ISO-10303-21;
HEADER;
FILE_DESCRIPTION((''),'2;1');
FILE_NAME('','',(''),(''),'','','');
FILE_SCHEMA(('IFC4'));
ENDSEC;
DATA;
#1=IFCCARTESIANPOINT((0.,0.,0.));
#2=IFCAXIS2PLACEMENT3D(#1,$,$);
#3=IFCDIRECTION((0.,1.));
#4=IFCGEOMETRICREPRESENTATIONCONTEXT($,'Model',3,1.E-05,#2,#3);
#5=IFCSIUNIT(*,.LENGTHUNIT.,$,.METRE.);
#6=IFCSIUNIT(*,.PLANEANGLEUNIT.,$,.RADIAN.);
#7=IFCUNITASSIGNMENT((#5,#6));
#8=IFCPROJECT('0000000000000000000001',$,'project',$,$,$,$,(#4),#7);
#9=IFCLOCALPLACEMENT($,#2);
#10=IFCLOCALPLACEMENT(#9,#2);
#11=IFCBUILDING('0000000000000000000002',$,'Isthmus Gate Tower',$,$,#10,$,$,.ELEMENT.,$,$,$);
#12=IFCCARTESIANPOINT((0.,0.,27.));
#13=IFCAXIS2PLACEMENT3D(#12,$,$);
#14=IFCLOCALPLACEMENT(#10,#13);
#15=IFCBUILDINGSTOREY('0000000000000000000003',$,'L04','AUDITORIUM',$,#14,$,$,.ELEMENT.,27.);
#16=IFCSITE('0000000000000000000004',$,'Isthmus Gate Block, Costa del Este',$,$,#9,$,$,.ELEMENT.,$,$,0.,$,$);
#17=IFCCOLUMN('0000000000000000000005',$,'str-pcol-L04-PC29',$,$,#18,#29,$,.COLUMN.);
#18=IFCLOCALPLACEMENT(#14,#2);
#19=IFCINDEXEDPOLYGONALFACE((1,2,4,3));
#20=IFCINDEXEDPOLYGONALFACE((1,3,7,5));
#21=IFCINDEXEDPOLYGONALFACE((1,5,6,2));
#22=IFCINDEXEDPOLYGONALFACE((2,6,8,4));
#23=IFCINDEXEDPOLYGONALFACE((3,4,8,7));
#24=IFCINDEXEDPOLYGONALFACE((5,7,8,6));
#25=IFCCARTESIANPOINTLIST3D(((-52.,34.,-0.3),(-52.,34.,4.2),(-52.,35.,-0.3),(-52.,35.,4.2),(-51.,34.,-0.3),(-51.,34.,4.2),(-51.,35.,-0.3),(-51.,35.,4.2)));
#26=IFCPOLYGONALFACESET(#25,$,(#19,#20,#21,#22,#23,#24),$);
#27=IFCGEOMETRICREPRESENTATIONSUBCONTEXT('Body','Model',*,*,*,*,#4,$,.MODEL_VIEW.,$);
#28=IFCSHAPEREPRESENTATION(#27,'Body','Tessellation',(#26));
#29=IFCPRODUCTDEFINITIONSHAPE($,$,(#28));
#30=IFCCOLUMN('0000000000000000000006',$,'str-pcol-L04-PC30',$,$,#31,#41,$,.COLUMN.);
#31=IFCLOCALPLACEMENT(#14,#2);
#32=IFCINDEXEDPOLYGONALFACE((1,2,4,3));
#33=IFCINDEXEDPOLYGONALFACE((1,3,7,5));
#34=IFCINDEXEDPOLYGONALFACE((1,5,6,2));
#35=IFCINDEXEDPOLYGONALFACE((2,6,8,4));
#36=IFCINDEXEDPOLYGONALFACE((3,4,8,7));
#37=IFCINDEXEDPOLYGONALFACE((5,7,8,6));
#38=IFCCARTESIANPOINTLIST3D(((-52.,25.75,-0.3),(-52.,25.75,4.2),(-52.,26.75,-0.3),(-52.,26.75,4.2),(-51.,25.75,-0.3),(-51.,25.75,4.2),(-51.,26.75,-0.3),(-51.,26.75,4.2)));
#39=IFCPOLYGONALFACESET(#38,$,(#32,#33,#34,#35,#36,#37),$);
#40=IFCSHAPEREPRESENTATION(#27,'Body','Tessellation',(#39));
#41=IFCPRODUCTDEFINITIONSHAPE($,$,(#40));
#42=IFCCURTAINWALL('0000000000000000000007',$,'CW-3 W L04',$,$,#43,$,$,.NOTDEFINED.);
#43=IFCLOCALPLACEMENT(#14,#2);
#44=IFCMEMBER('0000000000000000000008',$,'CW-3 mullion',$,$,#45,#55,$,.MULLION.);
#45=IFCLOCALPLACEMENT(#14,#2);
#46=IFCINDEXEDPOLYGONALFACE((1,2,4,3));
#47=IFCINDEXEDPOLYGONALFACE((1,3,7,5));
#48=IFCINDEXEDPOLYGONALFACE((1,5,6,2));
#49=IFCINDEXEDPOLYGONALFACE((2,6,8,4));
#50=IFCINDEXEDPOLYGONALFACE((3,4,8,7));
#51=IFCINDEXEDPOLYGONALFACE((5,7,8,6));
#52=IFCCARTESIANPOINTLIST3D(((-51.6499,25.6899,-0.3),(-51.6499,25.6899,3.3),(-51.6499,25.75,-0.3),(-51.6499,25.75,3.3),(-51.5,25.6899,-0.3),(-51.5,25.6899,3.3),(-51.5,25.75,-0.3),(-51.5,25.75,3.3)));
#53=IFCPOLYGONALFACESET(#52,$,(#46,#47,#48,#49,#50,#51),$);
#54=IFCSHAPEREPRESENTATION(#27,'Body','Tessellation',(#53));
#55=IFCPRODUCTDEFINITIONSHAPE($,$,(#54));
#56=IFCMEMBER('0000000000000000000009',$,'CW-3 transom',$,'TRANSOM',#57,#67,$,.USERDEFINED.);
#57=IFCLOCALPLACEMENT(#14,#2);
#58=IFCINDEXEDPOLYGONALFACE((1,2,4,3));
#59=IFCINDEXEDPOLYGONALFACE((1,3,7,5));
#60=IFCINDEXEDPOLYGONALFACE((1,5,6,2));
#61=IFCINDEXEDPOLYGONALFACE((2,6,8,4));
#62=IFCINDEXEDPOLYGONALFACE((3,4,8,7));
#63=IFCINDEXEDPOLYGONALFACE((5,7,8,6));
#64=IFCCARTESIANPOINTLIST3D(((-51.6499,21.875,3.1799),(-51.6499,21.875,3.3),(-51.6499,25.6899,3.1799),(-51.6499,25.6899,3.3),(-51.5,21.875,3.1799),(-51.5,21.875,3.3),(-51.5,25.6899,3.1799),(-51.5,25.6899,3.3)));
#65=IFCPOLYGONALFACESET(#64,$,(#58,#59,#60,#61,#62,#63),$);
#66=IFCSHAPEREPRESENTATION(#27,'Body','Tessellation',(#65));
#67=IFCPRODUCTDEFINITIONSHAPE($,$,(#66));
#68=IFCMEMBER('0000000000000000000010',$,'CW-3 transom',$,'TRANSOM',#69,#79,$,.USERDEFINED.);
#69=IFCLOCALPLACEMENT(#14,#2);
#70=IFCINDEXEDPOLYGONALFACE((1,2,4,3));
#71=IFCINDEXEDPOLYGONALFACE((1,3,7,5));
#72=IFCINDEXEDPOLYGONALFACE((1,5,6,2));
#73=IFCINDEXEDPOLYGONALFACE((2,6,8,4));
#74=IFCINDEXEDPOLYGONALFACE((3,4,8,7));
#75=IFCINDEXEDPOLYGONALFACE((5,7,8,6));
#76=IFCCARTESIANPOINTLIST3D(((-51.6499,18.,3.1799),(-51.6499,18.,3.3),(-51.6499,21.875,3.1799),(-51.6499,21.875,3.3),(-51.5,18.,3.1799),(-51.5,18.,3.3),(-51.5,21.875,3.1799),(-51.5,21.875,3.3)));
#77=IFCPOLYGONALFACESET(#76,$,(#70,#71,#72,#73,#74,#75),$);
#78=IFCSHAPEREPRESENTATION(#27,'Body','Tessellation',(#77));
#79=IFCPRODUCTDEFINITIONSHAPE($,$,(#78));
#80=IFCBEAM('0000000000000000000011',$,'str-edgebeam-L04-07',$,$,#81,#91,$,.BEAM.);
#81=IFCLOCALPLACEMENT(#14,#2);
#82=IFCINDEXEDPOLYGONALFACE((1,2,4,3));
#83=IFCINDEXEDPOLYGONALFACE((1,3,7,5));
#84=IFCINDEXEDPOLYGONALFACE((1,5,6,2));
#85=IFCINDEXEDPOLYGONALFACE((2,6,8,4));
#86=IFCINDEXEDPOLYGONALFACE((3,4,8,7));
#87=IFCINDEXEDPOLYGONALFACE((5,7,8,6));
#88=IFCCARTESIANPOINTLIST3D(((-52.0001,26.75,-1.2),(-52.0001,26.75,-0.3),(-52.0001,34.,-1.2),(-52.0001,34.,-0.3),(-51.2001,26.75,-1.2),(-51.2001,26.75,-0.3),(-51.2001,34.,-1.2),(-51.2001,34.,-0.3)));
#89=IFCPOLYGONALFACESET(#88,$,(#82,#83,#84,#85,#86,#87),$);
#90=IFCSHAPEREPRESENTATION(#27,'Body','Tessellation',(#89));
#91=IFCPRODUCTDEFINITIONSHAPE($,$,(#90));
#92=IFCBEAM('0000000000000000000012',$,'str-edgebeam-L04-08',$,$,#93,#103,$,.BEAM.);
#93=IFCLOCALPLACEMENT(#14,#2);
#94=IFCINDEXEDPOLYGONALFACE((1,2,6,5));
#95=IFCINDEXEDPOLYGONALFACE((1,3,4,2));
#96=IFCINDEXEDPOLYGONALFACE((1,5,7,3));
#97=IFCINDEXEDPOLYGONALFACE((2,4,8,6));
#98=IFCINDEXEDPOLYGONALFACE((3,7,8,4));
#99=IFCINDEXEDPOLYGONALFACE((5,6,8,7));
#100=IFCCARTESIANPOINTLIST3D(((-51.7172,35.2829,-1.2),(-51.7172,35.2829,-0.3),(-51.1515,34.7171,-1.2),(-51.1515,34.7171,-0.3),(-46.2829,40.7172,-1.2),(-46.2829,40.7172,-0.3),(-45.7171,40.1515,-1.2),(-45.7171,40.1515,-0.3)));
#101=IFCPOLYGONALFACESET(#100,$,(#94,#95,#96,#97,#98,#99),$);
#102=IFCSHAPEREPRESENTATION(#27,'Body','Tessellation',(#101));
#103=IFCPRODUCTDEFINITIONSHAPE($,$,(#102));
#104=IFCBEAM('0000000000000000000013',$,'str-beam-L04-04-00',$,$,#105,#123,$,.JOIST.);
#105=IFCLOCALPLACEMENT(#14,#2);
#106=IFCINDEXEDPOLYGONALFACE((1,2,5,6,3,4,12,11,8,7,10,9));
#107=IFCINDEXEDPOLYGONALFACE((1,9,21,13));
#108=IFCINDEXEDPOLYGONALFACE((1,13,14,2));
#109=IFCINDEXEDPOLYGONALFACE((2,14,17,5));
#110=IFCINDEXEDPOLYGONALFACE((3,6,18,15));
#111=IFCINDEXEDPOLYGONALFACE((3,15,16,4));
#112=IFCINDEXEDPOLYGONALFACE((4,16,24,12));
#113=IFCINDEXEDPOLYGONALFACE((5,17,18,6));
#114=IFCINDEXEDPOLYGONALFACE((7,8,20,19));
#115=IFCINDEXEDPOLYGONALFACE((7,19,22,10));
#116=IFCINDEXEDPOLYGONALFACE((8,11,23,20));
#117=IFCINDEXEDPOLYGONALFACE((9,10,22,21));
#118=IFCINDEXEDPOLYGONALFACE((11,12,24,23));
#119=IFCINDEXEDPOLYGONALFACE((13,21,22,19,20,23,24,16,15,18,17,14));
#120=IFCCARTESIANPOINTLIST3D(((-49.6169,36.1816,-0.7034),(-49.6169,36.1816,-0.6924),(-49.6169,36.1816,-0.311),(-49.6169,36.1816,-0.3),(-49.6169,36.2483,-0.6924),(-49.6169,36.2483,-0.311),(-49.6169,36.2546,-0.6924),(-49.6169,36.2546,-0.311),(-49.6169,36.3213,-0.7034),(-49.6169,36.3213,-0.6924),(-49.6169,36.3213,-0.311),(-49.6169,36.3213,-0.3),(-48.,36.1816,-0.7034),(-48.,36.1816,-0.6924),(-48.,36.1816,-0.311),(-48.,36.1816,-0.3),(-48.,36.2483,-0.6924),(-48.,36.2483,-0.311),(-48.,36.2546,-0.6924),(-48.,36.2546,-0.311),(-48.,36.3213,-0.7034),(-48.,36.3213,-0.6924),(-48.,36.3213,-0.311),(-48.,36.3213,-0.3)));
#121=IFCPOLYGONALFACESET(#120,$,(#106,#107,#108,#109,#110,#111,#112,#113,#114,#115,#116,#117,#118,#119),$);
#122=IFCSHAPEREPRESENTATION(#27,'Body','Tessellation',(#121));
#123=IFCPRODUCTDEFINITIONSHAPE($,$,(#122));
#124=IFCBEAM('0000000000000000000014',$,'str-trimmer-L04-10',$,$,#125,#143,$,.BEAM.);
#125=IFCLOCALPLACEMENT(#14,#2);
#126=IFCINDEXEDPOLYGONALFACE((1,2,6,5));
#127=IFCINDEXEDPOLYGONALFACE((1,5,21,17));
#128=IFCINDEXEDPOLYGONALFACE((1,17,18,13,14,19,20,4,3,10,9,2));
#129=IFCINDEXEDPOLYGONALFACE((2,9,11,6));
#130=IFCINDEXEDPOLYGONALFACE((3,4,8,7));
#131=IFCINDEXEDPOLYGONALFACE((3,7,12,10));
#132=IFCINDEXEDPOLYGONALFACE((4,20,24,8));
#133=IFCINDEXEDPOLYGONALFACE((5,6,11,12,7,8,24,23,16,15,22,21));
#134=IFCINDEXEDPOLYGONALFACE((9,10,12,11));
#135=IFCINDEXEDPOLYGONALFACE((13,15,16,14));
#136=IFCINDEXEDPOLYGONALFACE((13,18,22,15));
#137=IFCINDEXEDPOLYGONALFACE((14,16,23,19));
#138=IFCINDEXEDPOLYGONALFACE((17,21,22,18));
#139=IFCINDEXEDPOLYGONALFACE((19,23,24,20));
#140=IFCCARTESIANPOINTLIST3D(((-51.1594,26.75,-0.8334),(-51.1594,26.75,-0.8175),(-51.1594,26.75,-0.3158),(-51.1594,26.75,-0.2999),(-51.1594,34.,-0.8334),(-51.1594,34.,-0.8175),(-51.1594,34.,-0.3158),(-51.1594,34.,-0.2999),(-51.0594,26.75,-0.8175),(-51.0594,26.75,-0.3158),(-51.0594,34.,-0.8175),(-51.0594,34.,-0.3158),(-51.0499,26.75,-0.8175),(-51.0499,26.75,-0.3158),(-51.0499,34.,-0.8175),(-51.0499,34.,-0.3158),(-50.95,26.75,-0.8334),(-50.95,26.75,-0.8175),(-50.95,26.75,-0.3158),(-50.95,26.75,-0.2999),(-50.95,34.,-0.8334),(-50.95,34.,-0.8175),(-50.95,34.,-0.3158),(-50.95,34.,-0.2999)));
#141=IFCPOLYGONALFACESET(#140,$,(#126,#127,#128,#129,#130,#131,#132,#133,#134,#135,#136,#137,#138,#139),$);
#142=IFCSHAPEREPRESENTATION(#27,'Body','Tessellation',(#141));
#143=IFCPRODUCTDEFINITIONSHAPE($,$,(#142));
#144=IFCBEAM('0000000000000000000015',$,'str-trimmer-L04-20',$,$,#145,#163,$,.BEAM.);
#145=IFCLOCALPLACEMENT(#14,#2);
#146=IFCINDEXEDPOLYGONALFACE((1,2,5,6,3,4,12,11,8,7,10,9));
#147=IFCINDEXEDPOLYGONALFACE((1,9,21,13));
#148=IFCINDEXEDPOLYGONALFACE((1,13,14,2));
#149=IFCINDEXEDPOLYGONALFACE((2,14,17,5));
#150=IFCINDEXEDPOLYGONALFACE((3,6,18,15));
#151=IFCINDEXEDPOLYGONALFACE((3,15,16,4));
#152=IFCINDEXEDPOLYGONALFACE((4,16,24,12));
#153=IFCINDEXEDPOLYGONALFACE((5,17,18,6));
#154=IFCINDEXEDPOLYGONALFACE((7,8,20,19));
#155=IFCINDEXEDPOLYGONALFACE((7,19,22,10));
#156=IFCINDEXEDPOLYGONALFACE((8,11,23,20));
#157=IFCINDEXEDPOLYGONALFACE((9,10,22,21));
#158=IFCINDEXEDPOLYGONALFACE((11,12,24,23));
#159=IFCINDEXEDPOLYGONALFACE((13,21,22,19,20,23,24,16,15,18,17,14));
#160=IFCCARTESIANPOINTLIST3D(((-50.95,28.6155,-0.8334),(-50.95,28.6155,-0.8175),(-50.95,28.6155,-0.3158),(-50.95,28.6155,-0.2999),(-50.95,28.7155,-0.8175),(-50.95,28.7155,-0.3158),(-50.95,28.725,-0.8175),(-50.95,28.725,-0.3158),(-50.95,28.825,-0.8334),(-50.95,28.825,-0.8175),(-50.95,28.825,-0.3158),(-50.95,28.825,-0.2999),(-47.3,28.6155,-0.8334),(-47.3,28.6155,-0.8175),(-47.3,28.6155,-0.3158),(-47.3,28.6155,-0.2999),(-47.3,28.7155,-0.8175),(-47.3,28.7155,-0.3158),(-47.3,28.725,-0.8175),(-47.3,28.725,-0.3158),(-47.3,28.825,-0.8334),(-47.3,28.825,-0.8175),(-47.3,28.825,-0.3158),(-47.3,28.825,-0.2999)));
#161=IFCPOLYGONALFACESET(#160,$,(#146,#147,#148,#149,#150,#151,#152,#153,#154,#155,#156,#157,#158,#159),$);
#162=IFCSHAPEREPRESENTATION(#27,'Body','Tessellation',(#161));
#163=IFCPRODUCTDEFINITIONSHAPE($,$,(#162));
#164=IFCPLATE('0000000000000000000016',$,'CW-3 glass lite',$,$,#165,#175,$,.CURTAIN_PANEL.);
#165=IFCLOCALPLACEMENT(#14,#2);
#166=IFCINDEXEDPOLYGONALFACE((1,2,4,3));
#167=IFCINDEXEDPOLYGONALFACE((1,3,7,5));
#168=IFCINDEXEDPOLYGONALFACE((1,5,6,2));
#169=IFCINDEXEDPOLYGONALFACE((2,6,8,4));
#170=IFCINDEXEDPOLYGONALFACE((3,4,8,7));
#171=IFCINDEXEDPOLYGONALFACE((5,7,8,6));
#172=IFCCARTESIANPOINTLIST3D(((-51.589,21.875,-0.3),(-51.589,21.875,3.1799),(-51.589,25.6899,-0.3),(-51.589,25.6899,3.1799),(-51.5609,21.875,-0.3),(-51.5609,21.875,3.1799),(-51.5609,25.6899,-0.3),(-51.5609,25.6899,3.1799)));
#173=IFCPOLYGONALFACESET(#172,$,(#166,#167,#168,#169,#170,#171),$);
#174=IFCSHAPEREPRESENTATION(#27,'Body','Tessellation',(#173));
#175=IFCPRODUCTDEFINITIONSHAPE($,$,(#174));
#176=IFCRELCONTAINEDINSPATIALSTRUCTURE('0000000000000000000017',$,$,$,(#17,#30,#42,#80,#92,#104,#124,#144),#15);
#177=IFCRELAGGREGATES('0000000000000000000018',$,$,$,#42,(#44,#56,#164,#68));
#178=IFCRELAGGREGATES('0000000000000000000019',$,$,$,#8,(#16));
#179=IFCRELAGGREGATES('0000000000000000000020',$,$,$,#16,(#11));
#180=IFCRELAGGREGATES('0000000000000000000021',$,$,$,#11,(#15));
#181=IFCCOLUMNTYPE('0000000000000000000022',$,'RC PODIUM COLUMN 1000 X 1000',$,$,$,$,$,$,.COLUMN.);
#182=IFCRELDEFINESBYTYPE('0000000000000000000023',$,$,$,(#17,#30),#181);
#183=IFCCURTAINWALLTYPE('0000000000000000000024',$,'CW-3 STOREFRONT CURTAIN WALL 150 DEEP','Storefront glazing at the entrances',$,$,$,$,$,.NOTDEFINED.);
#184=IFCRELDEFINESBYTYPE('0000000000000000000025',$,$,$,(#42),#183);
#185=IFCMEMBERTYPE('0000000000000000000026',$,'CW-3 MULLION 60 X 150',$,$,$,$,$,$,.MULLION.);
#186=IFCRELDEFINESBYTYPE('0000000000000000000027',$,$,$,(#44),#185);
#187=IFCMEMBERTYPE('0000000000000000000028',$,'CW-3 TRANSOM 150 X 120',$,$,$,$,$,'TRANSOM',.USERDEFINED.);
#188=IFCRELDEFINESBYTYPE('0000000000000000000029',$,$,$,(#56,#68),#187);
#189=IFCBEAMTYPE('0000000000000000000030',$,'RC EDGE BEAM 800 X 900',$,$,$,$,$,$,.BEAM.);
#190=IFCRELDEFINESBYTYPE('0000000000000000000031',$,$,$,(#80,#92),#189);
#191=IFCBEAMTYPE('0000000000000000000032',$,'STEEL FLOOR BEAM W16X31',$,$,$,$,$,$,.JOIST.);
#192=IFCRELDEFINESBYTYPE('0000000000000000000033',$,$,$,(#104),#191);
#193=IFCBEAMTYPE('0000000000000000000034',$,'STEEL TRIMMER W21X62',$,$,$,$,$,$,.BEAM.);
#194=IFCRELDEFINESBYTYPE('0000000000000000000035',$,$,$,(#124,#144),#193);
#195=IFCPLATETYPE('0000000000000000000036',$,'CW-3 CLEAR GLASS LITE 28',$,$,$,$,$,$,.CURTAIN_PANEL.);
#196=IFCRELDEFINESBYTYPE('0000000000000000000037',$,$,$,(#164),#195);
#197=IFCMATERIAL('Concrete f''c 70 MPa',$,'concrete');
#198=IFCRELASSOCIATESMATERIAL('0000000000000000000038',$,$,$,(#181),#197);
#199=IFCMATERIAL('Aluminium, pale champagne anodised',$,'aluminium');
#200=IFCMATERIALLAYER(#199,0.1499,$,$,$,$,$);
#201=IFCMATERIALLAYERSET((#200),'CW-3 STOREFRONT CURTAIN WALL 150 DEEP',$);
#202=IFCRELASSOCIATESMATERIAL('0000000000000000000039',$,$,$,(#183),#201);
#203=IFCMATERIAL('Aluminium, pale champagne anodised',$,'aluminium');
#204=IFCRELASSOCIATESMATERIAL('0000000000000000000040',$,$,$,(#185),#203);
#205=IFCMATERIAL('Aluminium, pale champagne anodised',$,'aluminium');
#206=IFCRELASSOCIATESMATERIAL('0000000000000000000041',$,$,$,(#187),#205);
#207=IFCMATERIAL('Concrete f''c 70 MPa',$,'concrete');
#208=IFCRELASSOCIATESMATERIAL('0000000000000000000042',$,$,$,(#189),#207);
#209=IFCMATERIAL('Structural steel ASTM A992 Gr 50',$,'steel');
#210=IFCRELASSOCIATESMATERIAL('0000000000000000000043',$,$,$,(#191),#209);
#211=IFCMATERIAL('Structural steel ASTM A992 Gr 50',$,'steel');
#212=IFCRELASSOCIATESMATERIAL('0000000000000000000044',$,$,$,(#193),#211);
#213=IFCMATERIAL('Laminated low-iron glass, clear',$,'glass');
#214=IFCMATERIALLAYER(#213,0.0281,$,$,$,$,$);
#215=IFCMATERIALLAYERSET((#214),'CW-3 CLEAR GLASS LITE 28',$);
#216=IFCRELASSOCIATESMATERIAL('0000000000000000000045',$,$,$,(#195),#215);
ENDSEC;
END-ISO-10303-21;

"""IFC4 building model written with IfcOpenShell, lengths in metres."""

from ifc_helpers import new_model, si_unit, direction, frame, origin, origin_2d, place, context, subcontext, project, spatial, rectangle, i_section, extrude, material, layer, layer_set, material_profile, profile_set, type_object, element, aggregate, save


model = new_model("IFC4")

# Units and contexts
model_context = context("Model", 3, precision=1e-05, world=origin(), true_north=direction((0.0, 1.0)))
body_context = subcontext(model_context, "Body", "Model", "MODEL_VIEW")
ifc_project = project(units=[si_unit("LENGTHUNIT", "METRE"), si_unit("PLANEANGLEUNIT", "RADIAN")], contexts=[model_context])

# Site, building, storey
site_placement = place(None, origin())
site = spatial("IfcSite", under=ifc_project, at=site_placement, Name="Isthmus Gate Block, Costa del Este", CompositionType="ELEMENT", RefElevation=0.0)
building_placement = place(site_placement, origin())
building = spatial("IfcBuilding", under=site, at=building_placement, Name="Isthmus Gate Tower", CompositionType="ELEMENT")
storey_placement = place(building_placement, frame((0.0, 0.0, 27.0)))
storey = spatial("IfcBuildingStorey", under=building, at=storey_placement, Name="L04", Description="AUDITORIUM", CompositionType="ELEMENT", Elevation=27.0)

# Columns
ifc_material_1 = material(Name="Concrete f'c 70 MPa", Category="concrete")
ifc_material_profile_1 = material_profile(ifc_material_1, rectangle(XDim=1.0, YDim=1.0, at=origin_2d()), Name="RC 1000X1000")
ifc_profile_set_1 = profile_set([ifc_material_profile_1], Name="Concrete f'c 70 MPa")
column_type = type_object("IfcColumnType", Name="RC PODIUM COLUMN 1000 X 1000", PredefinedType="COLUMN", material=ifc_profile_set_1)
for number, where, z_axis, x_axis, name in (
    (1, (-51.5, 34.5, -0.3), (0.0, 0.0, 1.0), (0.0, -1.0, 0.0), "str-pcol-L04-PC29"),
    (2, (-51.5, 26.25, -0.3), (0.0, 0.0, 1.0), (0.0, -1.0, 0.0), "str-pcol-L04-PC30"),
):
    element("IfcColumn", number, at=place(storey_placement, frame(where, z_axis=z_axis, x_axis=x_axis)), inside=storey, type_object=column_type, Name=name, PredefinedType="COLUMN", context=body_context, shape_type="SweptSolid", body=[
        extrude(rectangle(XDim=1.0, YDim=1.0, at=origin_2d()), origin(), (0.0, 0.0, 1.0), 4.5),
    ])

# Curtain wall, members
ifc_material_2 = material(Name="Aluminium, pale champagne anodised", Category="aluminium")
ifc_layer_1 = layer(ifc_material_2, 0.1499)
ifc_layer_set_1 = layer_set([ifc_layer_1], Name="CW-3 STOREFRONT CURTAIN WALL 150 DEEP")
curtain_wall_type = type_object("IfcCurtainWallType", Name="CW-3 STOREFRONT CURTAIN WALL 150 DEEP", Description="Storefront glazing at the entrances", PredefinedType="NOTDEFINED", material=ifc_layer_set_1)
curtain_wall_placement = place(storey_placement, origin())
curtain_wall = element("IfcCurtainWall", 3, at=curtain_wall_placement, inside=storey, type_object=curtain_wall_type, Name="CW-3 W L04", PredefinedType="NOTDEFINED")
ifc_material_3 = material(Name="Aluminium, pale champagne anodised", Category="aluminium")
ifc_material_profile_2 = material_profile(ifc_material_3, rectangle(XDim=0.0601, YDim=0.1499, at=origin_2d()), Name="60x150")
ifc_profile_set_2 = profile_set([ifc_material_profile_2], Name="Aluminium, pale champagne anodised")
member_type_1 = type_object("IfcMemberType", Name="CW-3 MULLION 60 X 150", PredefinedType="MULLION", material=ifc_profile_set_2)
member_1_placement = place(storey_placement, frame((-51.575, 25.72, -0.3), z_axis=(0.0, 0.0, 1.0), x_axis=(0.0, -1.0, 0.0)))
member_1 = element("IfcMember", 4, at=member_1_placement, type_object=member_type_1, Name="CW-3 mullion", PredefinedType="MULLION", context=body_context, shape_type="SweptSolid", body=[
    extrude(rectangle(XDim=0.0601, YDim=0.1499, at=origin_2d()), origin(), (0.0, 0.0, 1.0), 3.6001),
])
ifc_material_4 = material(Name="Aluminium, pale champagne anodised", Category="aluminium")
ifc_material_profile_3 = material_profile(ifc_material_4, rectangle(XDim=0.1499, YDim=0.1201, at=origin_2d()), Name="150x120")
ifc_profile_set_3 = profile_set([ifc_material_profile_3], Name="Aluminium, pale champagne anodised")
member_type_2 = type_object("IfcMemberType", Name="CW-3 TRANSOM 150 X 120", ElementType="TRANSOM", PredefinedType="USERDEFINED", material=ifc_profile_set_3)
member_2_placement = place(storey_placement, frame((-51.575, 25.6899, 3.24), z_axis=(0.0, -1.0, 0.0), x_axis=(1.0, 0.0, 0.0)))
member_2 = element("IfcMember", 5, at=member_2_placement, type_object=member_type_2, Name="CW-3 transom", ObjectType="TRANSOM", PredefinedType="USERDEFINED", context=body_context, shape_type="SweptSolid", body=[
    extrude(rectangle(XDim=0.1499, YDim=0.1201, at=origin_2d()), origin(), (0.0, 0.0, 1.0), 3.8149),
])
member_3_placement = place(storey_placement, frame((-51.575, 21.875, 3.24), z_axis=(0.0, -1.0, 0.0), x_axis=(1.0, 0.0, 0.0)))
member_3 = element("IfcMember", 6, at=member_3_placement, type_object=member_type_2, Name="CW-3 transom", ObjectType="TRANSOM", PredefinedType="USERDEFINED", context=body_context, shape_type="SweptSolid", body=[
    extrude(rectangle(XDim=0.1499, YDim=0.1201, at=origin_2d()), origin(), (0.0, 0.0, 1.0), 3.875),
])

# Beams
ifc_material_5 = material(Name="Concrete f'c 70 MPa", Category="concrete")
ifc_material_profile_4 = material_profile(ifc_material_5, rectangle(XDim=0.8, YDim=0.8999, at=origin_2d()), Name="RC 800X900")
ifc_profile_set_4 = profile_set([ifc_material_profile_4], Name="Concrete f'c 70 MPa")
beam_type_1 = type_object("IfcBeamType", Name="RC EDGE BEAM 800 X 900", PredefinedType="BEAM", material=ifc_profile_set_4)
beam_1_placement = place(storey_placement, frame((-51.6001, 26.75, -0.75), z_axis=(0.0, 1.0, 0.0), x_axis=(-1.0, 0.0, 0.0)))
element("IfcBeam", 7, at=beam_1_placement, inside=storey, type_object=beam_type_1, Name="str-edgebeam-L04-07", PredefinedType="BEAM", context=body_context, shape_type="SweptSolid", body=[
    extrude(rectangle(XDim=0.8, YDim=0.8999, at=origin_2d()), origin(), (0.0, 0.0, 1.0), 7.25),
])
beam_2_placement = place(storey_placement, frame((-51.4343, 35.0, -0.75), z_axis=(0.707107, 0.707107, 0.0), x_axis=(-0.707107, 0.707107, 0.0)))
element("IfcBeam", 8, at=beam_2_placement, inside=storey, type_object=beam_type_1, Name="str-edgebeam-L04-08", PredefinedType="BEAM", context=body_context, shape_type="SweptSolid", body=[
    extrude(rectangle(XDim=0.8, YDim=0.8999, at=origin_2d()), origin(), (0.0, 0.0, 1.0), 7.6853),
])
ifc_material_6 = material(Name="Structural steel ASTM A992 Gr 50", Category="steel")
ifc_material_profile_5 = material_profile(ifc_material_6, i_section(OverallWidth=0.1396, OverallDepth=0.4033, WebThickness=0.0063, FlangeThickness=0.011, at=origin_2d()), Name="W16X31")
ifc_profile_set_5 = profile_set([ifc_material_profile_5], Name="Structural steel ASTM A992 Gr 50")
beam_type_2 = type_object("IfcBeamType", Name="STEEL FLOOR BEAM W16X31", PredefinedType="JOIST", material=ifc_profile_set_5)
beam_3_placement = place(storey_placement, frame((-49.6169, 36.2515, -0.5017), z_axis=(1.0, 0.0, 0.0), x_axis=(0.0, 1.0, 0.0)))
element("IfcBeam", 9, at=beam_3_placement, inside=storey, type_object=beam_type_2, Name="str-beam-L04-04-00", PredefinedType="JOIST", context=body_context, shape_type="SweptSolid", body=[
    extrude(i_section(OverallWidth=0.1396, OverallDepth=0.4033, WebThickness=0.0063, FlangeThickness=0.011, at=origin_2d()), origin(), (0.0, 0.0, 1.0), 1.6169),
])
ifc_material_7 = material(Name="Structural steel ASTM A992 Gr 50", Category="steel")
ifc_material_profile_6 = material_profile(ifc_material_7, i_section(OverallWidth=0.2095, OverallDepth=0.5334, WebThickness=0.0095, FlangeThickness=0.0159, at=origin_2d()), Name="W21X62")
ifc_profile_set_6 = profile_set([ifc_material_profile_6], Name="Structural steel ASTM A992 Gr 50")
beam_type_3 = type_object("IfcBeamType", Name="STEEL TRIMMER W21X62", PredefinedType="BEAM", material=ifc_profile_set_6)
beam_4_placement = place(storey_placement, frame((-51.0547, 34.0, -0.5667), z_axis=(0.0, -1.0, 0.0), x_axis=(1.0, 0.0, 0.0)))
element("IfcBeam", 10, at=beam_4_placement, inside=storey, type_object=beam_type_3, Name="str-trimmer-L04-10", PredefinedType="BEAM", context=body_context, shape_type="SweptSolid", body=[
    extrude(i_section(OverallWidth=0.2095, OverallDepth=0.5334, WebThickness=0.0095, FlangeThickness=0.0159, at=origin_2d()), origin(), (0.0, 0.0, 1.0), 7.25),
])
beam_5_placement = place(storey_placement, frame((-50.95, 28.7202, -0.5667), z_axis=(1.0, 0.0, 0.0), x_axis=(0.0, 1.0, 0.0)))
element("IfcBeam", 11, at=beam_5_placement, inside=storey, type_object=beam_type_3, Name="str-trimmer-L04-20", PredefinedType="BEAM", context=body_context, shape_type="SweptSolid", body=[
    extrude(i_section(OverallWidth=0.2095, OverallDepth=0.5334, WebThickness=0.0095, FlangeThickness=0.0159, at=origin_2d()), origin(), (0.0, 0.0, 1.0), 3.6499),
])

# Plate
ifc_material_8 = material(Name="Laminated low-iron glass, clear", Category="glass")
ifc_layer_2 = layer(ifc_material_8, 0.0281)
ifc_layer_set_2 = layer_set([ifc_layer_2], Name="CW-3 CLEAR GLASS LITE 28")
plate_type = type_object("IfcPlateType", Name="CW-3 CLEAR GLASS LITE 28", PredefinedType="CURTAIN_PANEL", material=ifc_layer_set_2)
plate_1_placement = place(storey_placement, frame((-51.575, 23.7825, -0.3), z_axis=(0.0, 0.0, 1.0), x_axis=(0.0, -1.0, 0.0)))
plate_1 = element("IfcPlate", 12, at=plate_1_placement, type_object=plate_type, Name="CW-3 glass lite", PredefinedType="CURTAIN_PANEL", context=body_context, shape_type="SweptSolid", body=[
    extrude(rectangle(XDim=3.8149, YDim=0.0281, at=origin_2d()), origin(), (0.0, 0.0, 1.0), 3.48),
])
aggregate(curtain_wall, [member_1, member_2, plate_1, member_3])

save(model, "model.ifc")
